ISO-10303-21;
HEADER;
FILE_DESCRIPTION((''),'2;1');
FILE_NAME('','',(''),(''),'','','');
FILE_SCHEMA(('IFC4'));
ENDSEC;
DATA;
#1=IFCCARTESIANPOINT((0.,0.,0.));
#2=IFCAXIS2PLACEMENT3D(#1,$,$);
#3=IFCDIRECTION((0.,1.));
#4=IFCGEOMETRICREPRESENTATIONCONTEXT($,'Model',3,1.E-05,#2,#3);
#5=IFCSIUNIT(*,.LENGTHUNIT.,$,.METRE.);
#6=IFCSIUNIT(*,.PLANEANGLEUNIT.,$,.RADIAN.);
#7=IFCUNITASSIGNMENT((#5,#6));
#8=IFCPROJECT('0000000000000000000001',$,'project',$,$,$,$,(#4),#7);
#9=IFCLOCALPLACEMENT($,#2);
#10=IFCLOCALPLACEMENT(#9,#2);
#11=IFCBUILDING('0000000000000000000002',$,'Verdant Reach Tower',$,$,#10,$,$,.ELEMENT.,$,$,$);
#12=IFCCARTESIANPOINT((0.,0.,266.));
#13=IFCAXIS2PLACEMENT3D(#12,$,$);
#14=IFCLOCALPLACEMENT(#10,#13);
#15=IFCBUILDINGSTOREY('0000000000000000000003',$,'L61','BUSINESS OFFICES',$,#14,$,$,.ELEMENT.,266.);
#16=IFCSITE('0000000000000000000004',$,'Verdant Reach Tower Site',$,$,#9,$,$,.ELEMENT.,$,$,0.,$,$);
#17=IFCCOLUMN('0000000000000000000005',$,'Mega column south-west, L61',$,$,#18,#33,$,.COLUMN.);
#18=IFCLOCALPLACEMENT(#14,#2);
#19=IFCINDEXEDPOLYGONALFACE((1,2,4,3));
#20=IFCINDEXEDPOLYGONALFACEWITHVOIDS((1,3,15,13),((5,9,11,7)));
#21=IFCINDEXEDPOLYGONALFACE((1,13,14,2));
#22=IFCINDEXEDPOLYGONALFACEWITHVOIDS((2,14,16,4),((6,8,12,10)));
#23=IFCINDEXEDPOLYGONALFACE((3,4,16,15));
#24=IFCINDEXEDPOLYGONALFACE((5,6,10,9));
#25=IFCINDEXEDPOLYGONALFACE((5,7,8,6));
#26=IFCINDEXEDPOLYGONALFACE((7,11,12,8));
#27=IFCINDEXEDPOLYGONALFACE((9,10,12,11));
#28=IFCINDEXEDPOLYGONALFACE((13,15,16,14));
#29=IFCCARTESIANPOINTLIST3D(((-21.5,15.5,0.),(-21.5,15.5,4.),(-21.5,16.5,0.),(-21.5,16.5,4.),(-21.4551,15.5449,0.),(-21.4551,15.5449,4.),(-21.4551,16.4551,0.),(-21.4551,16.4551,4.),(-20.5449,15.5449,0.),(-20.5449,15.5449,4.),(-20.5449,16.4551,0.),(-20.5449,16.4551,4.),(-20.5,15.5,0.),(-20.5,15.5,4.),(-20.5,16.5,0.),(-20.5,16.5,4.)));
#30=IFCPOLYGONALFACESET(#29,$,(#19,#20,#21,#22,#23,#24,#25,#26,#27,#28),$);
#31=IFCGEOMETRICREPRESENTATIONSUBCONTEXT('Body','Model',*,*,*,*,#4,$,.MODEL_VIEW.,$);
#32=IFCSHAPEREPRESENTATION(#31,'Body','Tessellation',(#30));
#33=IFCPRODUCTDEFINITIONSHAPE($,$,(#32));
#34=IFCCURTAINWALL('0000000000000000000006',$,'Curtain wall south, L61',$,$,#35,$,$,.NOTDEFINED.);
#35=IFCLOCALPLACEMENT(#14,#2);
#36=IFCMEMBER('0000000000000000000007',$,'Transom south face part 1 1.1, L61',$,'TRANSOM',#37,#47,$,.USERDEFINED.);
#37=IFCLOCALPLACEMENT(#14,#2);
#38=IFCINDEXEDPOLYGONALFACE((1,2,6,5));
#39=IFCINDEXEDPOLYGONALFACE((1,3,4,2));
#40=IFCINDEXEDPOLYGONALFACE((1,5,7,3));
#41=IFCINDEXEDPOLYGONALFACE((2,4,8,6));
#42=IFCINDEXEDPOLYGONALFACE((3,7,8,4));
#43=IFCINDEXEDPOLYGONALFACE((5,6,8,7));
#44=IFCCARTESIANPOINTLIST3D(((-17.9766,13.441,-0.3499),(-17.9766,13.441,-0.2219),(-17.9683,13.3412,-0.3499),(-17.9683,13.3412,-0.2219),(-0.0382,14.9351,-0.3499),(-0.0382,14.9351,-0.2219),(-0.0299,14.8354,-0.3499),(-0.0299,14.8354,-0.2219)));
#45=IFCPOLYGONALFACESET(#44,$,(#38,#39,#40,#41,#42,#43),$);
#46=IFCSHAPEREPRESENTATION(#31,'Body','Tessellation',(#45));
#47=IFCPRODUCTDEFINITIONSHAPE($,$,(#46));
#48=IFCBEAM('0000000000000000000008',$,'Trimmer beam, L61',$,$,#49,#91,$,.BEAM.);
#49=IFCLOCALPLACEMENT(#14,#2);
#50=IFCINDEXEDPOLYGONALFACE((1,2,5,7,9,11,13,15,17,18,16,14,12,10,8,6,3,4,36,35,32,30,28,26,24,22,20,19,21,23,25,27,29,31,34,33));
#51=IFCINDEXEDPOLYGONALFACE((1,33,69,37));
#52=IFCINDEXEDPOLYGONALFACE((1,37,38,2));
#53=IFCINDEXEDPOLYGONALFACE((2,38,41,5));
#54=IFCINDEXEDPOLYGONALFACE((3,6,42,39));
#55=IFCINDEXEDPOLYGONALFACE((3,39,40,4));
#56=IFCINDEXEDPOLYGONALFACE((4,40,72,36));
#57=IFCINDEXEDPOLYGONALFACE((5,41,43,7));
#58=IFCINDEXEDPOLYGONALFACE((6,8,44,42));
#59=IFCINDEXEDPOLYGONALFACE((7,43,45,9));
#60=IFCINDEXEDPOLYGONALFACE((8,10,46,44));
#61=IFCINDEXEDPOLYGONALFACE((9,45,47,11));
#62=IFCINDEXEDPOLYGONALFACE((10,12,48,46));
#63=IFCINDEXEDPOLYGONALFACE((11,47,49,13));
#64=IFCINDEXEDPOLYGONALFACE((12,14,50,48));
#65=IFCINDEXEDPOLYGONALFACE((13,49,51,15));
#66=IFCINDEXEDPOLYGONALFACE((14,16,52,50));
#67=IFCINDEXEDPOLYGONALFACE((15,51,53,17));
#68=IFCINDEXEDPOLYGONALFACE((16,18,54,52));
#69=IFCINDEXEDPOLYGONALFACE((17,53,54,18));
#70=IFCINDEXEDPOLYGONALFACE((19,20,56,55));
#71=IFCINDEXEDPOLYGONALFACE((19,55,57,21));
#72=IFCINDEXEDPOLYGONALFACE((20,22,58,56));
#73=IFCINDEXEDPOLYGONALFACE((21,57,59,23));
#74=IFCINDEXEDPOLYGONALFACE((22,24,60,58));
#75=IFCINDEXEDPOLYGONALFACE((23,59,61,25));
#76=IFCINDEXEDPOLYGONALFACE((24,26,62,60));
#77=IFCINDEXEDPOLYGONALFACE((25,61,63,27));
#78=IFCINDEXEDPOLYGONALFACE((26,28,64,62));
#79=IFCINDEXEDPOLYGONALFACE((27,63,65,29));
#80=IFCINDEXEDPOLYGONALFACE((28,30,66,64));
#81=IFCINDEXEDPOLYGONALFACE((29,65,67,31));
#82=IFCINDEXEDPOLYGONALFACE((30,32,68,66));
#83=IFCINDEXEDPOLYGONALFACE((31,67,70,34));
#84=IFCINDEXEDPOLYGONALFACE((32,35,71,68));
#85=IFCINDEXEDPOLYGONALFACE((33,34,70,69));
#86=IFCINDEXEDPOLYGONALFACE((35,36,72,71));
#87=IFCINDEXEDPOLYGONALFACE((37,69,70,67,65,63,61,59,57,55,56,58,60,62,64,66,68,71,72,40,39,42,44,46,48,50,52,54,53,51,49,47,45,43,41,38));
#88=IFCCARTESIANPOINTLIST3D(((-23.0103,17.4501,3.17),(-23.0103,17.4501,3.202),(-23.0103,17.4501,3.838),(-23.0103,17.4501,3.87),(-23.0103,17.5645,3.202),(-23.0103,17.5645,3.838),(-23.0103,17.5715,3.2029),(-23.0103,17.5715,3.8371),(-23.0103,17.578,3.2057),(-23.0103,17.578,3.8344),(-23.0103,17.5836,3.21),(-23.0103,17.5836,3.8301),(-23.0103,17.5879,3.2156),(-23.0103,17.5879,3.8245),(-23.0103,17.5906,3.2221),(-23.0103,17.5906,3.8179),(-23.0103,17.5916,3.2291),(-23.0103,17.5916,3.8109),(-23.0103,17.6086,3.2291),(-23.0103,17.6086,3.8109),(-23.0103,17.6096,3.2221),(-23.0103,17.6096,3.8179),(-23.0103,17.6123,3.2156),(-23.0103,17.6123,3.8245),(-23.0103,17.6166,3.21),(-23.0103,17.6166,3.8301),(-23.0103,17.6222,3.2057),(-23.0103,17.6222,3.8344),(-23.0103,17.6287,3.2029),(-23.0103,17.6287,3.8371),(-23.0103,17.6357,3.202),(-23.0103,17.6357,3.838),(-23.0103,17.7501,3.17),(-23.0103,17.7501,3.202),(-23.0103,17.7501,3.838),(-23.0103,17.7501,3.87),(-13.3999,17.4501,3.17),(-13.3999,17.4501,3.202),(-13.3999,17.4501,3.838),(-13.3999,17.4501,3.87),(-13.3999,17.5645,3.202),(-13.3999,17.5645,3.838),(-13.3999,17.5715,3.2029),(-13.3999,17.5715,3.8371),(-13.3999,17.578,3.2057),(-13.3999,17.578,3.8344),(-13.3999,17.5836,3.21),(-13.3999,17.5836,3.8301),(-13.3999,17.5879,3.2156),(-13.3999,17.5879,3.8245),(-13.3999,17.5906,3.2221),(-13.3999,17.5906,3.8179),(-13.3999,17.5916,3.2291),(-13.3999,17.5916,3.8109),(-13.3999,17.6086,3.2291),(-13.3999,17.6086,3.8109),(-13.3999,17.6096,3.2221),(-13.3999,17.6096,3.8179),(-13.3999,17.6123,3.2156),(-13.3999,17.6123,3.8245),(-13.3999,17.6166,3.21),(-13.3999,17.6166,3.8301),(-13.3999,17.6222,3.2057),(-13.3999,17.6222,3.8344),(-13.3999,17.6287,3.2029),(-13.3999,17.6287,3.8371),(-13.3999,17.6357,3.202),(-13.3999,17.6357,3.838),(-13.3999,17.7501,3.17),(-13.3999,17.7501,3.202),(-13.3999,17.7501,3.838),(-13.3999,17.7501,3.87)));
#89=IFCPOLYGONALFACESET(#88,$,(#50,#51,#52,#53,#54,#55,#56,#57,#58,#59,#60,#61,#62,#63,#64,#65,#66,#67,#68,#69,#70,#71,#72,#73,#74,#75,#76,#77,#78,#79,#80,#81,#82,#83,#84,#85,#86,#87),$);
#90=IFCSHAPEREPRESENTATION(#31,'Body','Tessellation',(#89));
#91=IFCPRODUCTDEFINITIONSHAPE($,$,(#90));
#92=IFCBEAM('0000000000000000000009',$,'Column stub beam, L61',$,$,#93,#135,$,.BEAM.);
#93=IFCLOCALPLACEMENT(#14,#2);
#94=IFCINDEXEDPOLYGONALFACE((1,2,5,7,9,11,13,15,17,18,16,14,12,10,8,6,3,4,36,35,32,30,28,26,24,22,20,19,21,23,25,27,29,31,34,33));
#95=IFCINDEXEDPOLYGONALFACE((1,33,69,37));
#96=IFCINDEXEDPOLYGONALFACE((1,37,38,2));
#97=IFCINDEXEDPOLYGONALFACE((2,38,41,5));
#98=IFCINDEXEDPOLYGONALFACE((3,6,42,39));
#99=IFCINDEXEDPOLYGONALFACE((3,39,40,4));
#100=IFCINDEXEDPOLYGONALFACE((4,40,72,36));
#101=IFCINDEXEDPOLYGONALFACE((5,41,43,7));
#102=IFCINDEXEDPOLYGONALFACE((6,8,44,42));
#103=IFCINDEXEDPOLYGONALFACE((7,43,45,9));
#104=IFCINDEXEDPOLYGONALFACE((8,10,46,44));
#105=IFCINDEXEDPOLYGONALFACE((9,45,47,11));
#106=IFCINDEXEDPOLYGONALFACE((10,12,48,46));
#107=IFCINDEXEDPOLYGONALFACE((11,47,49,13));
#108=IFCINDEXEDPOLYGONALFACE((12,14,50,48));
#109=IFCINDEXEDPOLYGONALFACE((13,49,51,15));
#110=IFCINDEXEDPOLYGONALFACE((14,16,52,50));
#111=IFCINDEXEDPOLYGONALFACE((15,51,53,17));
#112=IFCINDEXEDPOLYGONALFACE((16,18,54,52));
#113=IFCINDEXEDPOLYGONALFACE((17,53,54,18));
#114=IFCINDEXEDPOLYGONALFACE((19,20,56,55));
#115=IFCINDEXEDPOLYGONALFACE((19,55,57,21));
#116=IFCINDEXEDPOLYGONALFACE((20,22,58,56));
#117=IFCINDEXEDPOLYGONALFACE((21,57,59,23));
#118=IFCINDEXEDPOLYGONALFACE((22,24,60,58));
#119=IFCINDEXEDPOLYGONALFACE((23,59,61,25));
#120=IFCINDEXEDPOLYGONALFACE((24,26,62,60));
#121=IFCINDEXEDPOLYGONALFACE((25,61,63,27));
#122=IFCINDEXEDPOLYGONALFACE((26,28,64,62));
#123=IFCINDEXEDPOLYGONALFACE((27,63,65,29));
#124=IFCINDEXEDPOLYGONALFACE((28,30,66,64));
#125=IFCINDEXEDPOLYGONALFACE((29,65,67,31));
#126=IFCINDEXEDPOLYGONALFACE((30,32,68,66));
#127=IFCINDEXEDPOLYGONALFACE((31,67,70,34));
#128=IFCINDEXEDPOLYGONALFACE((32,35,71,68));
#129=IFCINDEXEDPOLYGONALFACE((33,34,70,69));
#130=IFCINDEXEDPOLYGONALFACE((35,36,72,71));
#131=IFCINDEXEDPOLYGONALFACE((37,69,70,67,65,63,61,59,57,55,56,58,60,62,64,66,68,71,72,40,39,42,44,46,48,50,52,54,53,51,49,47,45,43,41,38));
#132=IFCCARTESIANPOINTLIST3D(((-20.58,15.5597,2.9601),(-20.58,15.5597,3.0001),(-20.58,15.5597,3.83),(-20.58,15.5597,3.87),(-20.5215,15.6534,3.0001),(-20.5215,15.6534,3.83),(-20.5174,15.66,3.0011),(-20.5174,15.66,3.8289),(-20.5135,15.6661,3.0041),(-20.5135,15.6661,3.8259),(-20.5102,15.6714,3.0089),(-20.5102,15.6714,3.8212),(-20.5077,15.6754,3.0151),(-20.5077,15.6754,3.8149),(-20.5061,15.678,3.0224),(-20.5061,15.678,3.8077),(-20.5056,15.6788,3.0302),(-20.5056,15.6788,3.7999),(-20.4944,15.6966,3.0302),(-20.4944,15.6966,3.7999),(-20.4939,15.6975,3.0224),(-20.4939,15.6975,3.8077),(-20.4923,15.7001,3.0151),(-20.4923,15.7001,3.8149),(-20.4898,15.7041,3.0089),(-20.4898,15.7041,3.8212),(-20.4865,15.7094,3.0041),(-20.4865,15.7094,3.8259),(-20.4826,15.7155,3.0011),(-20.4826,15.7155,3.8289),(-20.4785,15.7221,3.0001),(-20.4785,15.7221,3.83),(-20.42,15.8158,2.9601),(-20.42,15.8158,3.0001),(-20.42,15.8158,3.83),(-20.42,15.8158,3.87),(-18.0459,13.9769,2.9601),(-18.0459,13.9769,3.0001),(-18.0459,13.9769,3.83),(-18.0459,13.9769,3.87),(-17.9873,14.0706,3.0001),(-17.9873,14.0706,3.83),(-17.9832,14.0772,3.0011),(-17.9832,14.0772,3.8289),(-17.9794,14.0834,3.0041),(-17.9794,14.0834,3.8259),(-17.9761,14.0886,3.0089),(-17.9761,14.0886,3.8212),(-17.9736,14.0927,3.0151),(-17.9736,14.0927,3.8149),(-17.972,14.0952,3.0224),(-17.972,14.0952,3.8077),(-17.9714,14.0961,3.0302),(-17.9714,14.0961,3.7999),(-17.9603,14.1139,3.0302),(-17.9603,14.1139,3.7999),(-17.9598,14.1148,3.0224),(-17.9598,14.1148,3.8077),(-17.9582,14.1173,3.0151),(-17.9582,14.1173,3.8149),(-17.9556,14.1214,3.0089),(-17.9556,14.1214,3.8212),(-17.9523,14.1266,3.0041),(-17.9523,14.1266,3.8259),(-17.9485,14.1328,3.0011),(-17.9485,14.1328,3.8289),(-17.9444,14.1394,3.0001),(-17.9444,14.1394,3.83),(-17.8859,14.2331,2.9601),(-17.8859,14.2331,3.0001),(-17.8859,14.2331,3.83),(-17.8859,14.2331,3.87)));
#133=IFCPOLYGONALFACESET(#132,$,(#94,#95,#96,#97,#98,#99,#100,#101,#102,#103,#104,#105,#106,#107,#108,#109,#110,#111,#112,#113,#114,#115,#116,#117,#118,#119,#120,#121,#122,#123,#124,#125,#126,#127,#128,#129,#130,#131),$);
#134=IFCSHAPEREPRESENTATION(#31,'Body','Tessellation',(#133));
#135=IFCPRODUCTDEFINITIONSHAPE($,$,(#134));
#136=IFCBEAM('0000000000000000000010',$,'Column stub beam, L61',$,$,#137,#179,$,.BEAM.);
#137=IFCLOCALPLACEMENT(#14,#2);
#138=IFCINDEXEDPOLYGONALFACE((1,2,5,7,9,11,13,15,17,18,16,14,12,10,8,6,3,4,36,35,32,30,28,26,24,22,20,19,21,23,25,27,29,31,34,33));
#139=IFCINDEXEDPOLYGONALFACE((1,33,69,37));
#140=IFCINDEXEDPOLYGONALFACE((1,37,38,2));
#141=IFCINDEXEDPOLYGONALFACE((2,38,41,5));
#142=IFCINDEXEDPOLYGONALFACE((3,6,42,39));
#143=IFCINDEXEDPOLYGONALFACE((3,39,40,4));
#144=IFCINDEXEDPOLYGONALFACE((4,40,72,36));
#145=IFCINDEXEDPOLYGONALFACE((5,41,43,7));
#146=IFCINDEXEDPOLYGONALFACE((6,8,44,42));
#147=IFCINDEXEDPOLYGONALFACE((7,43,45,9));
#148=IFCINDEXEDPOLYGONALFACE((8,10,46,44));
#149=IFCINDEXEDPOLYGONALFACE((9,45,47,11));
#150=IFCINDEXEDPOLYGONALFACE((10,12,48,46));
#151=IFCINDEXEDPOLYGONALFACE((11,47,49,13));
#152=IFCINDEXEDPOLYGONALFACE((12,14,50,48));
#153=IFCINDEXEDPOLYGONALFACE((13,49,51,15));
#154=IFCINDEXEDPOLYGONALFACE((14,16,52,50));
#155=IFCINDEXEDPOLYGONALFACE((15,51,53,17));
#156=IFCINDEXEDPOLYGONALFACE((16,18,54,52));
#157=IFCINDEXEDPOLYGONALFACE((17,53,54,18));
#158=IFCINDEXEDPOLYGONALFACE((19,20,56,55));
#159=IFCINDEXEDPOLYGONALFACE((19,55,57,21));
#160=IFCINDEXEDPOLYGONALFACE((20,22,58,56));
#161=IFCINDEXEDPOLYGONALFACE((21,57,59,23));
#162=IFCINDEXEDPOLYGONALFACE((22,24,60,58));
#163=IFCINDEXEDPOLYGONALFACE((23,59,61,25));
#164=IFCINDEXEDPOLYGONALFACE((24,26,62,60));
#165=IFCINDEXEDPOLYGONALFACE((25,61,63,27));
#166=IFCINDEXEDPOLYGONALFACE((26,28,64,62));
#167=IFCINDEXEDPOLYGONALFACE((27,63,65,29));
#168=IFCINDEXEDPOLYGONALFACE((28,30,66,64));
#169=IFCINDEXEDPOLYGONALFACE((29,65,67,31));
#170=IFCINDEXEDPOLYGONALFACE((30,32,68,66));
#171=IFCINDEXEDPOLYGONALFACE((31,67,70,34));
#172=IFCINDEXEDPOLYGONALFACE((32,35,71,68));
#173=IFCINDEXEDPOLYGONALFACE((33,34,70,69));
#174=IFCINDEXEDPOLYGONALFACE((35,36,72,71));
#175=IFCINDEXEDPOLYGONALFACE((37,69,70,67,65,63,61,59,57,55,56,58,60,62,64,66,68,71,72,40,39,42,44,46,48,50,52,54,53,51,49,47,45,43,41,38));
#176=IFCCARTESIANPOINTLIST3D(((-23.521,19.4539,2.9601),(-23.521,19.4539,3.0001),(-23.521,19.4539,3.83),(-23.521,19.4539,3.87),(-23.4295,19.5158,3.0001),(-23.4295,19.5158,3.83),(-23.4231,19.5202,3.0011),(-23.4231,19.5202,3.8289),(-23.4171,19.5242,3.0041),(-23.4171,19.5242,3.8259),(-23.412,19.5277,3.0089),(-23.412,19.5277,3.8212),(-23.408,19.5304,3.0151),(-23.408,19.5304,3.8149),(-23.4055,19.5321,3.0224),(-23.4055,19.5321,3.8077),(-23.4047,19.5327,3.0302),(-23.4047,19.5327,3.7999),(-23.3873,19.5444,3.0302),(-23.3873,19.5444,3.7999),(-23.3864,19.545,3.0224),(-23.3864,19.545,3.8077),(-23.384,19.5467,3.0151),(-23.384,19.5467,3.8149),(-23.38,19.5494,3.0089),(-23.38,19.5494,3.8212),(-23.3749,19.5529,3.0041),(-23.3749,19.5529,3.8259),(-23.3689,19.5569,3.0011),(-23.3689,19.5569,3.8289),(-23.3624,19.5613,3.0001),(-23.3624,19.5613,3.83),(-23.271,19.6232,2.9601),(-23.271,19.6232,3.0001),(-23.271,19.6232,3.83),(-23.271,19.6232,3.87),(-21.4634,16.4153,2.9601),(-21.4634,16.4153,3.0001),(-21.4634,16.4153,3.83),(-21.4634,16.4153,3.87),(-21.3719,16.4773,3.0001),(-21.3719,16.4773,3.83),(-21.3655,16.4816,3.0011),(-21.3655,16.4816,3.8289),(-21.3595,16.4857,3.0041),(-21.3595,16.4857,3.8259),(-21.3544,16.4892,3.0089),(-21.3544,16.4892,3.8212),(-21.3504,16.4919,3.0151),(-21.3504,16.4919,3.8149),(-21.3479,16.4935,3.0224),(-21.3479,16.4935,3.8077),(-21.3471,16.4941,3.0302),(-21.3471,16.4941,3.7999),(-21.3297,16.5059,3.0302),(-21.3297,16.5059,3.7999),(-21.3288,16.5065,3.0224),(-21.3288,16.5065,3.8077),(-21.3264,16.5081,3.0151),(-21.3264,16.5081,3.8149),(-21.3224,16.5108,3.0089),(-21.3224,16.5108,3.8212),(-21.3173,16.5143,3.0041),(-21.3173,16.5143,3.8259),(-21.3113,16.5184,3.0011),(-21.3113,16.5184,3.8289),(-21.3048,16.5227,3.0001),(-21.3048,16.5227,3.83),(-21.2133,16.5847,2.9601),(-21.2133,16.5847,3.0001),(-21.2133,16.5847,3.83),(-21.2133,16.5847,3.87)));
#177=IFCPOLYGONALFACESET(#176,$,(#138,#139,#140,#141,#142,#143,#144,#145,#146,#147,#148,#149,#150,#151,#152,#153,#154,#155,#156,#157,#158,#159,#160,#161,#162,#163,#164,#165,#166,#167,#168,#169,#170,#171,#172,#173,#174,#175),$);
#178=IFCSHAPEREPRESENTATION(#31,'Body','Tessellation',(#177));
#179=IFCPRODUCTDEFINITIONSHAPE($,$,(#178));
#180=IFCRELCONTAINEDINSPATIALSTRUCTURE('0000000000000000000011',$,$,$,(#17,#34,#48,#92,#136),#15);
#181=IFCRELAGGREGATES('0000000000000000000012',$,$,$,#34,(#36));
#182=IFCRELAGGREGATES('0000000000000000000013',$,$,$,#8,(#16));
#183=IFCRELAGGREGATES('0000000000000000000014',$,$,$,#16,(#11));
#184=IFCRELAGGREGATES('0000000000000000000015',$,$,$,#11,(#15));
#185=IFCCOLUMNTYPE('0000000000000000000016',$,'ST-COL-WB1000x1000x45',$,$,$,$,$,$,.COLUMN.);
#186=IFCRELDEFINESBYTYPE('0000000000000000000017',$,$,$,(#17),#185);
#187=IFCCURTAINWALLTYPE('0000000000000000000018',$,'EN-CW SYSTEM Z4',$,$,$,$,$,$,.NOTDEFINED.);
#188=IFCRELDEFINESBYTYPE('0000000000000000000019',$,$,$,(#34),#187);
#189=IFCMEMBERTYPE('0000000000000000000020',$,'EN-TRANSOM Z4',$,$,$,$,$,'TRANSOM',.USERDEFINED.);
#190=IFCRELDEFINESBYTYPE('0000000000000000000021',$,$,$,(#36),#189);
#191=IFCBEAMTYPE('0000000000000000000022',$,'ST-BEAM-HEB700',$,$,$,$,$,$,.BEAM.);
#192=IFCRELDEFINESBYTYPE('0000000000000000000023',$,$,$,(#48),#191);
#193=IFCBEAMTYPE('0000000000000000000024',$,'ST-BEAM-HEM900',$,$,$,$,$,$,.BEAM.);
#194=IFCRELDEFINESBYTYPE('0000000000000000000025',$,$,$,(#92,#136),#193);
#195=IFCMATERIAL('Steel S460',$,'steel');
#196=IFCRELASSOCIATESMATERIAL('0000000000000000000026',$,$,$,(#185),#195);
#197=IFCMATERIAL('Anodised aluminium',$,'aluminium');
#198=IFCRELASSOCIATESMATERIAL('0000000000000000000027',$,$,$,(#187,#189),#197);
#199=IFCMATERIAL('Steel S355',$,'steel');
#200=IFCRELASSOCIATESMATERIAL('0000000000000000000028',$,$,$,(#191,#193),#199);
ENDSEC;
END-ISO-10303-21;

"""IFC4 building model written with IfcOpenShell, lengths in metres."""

from ifc_helpers import new_model, si_unit, direction, frame, origin, origin_2d, place, context, subcontext, project, spatial, rectangle, hollow_rectangle, i_section, extrude, material, material_profile, profile_set, type_object, element, aggregate, save


model = new_model("IFC4")

# Units and contexts
model_context = context("Model", 3, precision=1e-05, world=origin(), true_north=direction((0.0, 1.0)))
body_context = subcontext(model_context, "Body", "Model", "MODEL_VIEW")
ifc_project = project(units=[si_unit("LENGTHUNIT", "METRE"), si_unit("PLANEANGLEUNIT", "RADIAN")], contexts=[model_context])

# Site, building, storey
site_placement = place(None, origin())
site = spatial("IfcSite", under=ifc_project, at=site_placement, Name="Verdant Reach Tower Site", CompositionType="ELEMENT", RefElevation=0.0)
building_placement = place(site_placement, origin())
building = spatial("IfcBuilding", under=site, at=building_placement, Name="Verdant Reach Tower", CompositionType="ELEMENT")
storey_placement = place(building_placement, frame((0.0, 0.0, 266.0)))
storey = spatial("IfcBuildingStorey", under=building, at=storey_placement, Name="L61", Description="BUSINESS OFFICES", CompositionType="ELEMENT", Elevation=266.0)

# Column
ifc_material_1 = material(Name="Steel S460", Category="steel")
ifc_material_profile_1 = material_profile(ifc_material_1, hollow_rectangle(XDim=1.0, YDim=1.0, WallThickness=0.0449, at=origin_2d()), Name="WB 1000x1000x45")
ifc_profile_set_1 = profile_set([ifc_material_profile_1], Name="Steel S460")
column_type = type_object("IfcColumnType", Name="ST-COL-WB1000x1000x45", PredefinedType="COLUMN", material=ifc_profile_set_1)
column_placement = place(storey_placement, frame((-21.0, 16.0, 0.0), z_axis=(0.0, 0.0, 1.0), x_axis=(1.0, 0.0, 0.0)))
element("IfcColumn", 1, at=column_placement, inside=storey, type_object=column_type, Name="Mega column south-west, L61", PredefinedType="COLUMN", context=body_context, shape_type="SweptSolid", body=[
    extrude(hollow_rectangle(XDim=1.0, YDim=1.0, WallThickness=0.0449, at=origin_2d()), origin(), (0.0, 0.0, 1.0), 4.0),
])

# Curtain wall, member
ifc_material_2 = material(Name="Anodised aluminium", Category="aluminium")
curtain_wall_type = type_object("IfcCurtainWallType", Name="EN-CW SYSTEM Z4", PredefinedType="NOTDEFINED", material=ifc_material_2)
curtain_wall_1_placement = place(storey_placement, origin())
curtain_wall_1 = element("IfcCurtainWall", 2, at=curtain_wall_1_placement, inside=storey, type_object=curtain_wall_type, Name="Curtain wall south, L61", PredefinedType="NOTDEFINED")
ifc_material_profile_2 = material_profile(ifc_material_2, rectangle(XDim=0.1001, YDim=0.1279, at=origin_2d()), Name="Transom 128x100")
ifc_profile_set_2 = profile_set([ifc_material_profile_2], Name="Anodised aluminium")
member_type = type_object("IfcMemberType", Name="EN-TRANSOM Z4", ElementType="TRANSOM", PredefinedType="USERDEFINED", material=ifc_profile_set_2)
member_placement = place(storey_placement, frame((-17.9724, 13.3911, -0.2859), z_axis=(0.996549, 0.083005, 0.0), x_axis=(-0.083005, 0.996549, 0.0)))
member = element("IfcMember", 3, at=member_placement, type_object=member_type, Name="Transom south face part 1 1.1, L61", ObjectType="TRANSOM", PredefinedType="USERDEFINED", context=body_context, shape_type="SweptSolid", body=[
    extrude(rectangle(XDim=0.1001, YDim=0.1279, at=origin_2d()), origin(), (0.0, 0.0, 1.0), 18.0005),
])

# Beams
ifc_material_3 = material(Name="Steel S355", Category="steel")
ifc_material_profile_3 = material_profile(ifc_material_3, i_section(OverallWidth=0.3, OverallDepth=0.7, WebThickness=0.0171, FlangeThickness=0.032, FilletRadius=0.0271, at=origin_2d()), Name="HEB 700")
ifc_profile_set_3 = profile_set([ifc_material_profile_3], Name="Steel S355")
beam_type_1 = type_object("IfcBeamType", Name="ST-BEAM-HEB700", PredefinedType="BEAM", material=ifc_profile_set_3)
beam_1_placement = place(storey_placement, frame((-13.3999, 17.6001, 3.52), z_axis=(-1.0, 0.0, 0.0), x_axis=(0.0, -1.0, 0.0)))
element("IfcBeam", 4, at=beam_1_placement, inside=storey, type_object=beam_type_1, Name="Trimmer beam, L61", PredefinedType="BEAM", context=body_context, shape_type="SweptSolid", body=[
    extrude(i_section(OverallWidth=0.3, OverallDepth=0.7, WebThickness=0.0171, FlangeThickness=0.032, FilletRadius=0.0271, at=origin_2d()), origin(), (0.0, 0.0, 1.0), 9.6104),
])
ifc_material_profile_4 = material_profile(ifc_material_3, i_section(OverallWidth=0.302, OverallDepth=0.9099, WebThickness=0.021, FlangeThickness=0.04, FilletRadius=0.03, at=origin_2d()), Name="HEM 900")
ifc_profile_set_4 = profile_set([ifc_material_profile_4], Name="Steel S355")
beam_type_2 = type_object("IfcBeamType", Name="ST-BEAM-HEM900", PredefinedType="BEAM", material=ifc_profile_set_4)
beam_2_placement = place(storey_placement, frame((-20.5, 15.6877, 3.415), z_axis=(0.848164, -0.529735, 0.0), x_axis=(0.529735, 0.848164, 0.0)))
element("IfcBeam", 5, at=beam_2_placement, inside=storey, type_object=beam_type_2, Name="Column stub beam, L61", PredefinedType="BEAM", context=body_context, shape_type="SweptSolid", body=[
    extrude(i_section(OverallWidth=0.302, OverallDepth=0.9099, WebThickness=0.021, FlangeThickness=0.04, FilletRadius=0.03, at=origin_2d()), origin(), (0.0, 0.0, 1.0), 2.9878),
])
beam_3_placement = place(storey_placement, frame((-21.3384, 16.5, 3.415), z_axis=(-0.560704, 0.828016, 0.0), x_axis=(-0.828016, -0.560704, 0.0)))
element("IfcBeam", 6, at=beam_3_placement, inside=storey, type_object=beam_type_2, Name="Column stub beam, L61", PredefinedType="BEAM", context=body_context, shape_type="SweptSolid", body=[
    extrude(i_section(OverallWidth=0.302, OverallDepth=0.9099, WebThickness=0.021, FlangeThickness=0.04, FilletRadius=0.03, at=origin_2d()), origin(), (0.0, 0.0, 1.0), 3.6697),
])

aggregate(curtain_wall_1, [member])

save(model, "model.ifc")
